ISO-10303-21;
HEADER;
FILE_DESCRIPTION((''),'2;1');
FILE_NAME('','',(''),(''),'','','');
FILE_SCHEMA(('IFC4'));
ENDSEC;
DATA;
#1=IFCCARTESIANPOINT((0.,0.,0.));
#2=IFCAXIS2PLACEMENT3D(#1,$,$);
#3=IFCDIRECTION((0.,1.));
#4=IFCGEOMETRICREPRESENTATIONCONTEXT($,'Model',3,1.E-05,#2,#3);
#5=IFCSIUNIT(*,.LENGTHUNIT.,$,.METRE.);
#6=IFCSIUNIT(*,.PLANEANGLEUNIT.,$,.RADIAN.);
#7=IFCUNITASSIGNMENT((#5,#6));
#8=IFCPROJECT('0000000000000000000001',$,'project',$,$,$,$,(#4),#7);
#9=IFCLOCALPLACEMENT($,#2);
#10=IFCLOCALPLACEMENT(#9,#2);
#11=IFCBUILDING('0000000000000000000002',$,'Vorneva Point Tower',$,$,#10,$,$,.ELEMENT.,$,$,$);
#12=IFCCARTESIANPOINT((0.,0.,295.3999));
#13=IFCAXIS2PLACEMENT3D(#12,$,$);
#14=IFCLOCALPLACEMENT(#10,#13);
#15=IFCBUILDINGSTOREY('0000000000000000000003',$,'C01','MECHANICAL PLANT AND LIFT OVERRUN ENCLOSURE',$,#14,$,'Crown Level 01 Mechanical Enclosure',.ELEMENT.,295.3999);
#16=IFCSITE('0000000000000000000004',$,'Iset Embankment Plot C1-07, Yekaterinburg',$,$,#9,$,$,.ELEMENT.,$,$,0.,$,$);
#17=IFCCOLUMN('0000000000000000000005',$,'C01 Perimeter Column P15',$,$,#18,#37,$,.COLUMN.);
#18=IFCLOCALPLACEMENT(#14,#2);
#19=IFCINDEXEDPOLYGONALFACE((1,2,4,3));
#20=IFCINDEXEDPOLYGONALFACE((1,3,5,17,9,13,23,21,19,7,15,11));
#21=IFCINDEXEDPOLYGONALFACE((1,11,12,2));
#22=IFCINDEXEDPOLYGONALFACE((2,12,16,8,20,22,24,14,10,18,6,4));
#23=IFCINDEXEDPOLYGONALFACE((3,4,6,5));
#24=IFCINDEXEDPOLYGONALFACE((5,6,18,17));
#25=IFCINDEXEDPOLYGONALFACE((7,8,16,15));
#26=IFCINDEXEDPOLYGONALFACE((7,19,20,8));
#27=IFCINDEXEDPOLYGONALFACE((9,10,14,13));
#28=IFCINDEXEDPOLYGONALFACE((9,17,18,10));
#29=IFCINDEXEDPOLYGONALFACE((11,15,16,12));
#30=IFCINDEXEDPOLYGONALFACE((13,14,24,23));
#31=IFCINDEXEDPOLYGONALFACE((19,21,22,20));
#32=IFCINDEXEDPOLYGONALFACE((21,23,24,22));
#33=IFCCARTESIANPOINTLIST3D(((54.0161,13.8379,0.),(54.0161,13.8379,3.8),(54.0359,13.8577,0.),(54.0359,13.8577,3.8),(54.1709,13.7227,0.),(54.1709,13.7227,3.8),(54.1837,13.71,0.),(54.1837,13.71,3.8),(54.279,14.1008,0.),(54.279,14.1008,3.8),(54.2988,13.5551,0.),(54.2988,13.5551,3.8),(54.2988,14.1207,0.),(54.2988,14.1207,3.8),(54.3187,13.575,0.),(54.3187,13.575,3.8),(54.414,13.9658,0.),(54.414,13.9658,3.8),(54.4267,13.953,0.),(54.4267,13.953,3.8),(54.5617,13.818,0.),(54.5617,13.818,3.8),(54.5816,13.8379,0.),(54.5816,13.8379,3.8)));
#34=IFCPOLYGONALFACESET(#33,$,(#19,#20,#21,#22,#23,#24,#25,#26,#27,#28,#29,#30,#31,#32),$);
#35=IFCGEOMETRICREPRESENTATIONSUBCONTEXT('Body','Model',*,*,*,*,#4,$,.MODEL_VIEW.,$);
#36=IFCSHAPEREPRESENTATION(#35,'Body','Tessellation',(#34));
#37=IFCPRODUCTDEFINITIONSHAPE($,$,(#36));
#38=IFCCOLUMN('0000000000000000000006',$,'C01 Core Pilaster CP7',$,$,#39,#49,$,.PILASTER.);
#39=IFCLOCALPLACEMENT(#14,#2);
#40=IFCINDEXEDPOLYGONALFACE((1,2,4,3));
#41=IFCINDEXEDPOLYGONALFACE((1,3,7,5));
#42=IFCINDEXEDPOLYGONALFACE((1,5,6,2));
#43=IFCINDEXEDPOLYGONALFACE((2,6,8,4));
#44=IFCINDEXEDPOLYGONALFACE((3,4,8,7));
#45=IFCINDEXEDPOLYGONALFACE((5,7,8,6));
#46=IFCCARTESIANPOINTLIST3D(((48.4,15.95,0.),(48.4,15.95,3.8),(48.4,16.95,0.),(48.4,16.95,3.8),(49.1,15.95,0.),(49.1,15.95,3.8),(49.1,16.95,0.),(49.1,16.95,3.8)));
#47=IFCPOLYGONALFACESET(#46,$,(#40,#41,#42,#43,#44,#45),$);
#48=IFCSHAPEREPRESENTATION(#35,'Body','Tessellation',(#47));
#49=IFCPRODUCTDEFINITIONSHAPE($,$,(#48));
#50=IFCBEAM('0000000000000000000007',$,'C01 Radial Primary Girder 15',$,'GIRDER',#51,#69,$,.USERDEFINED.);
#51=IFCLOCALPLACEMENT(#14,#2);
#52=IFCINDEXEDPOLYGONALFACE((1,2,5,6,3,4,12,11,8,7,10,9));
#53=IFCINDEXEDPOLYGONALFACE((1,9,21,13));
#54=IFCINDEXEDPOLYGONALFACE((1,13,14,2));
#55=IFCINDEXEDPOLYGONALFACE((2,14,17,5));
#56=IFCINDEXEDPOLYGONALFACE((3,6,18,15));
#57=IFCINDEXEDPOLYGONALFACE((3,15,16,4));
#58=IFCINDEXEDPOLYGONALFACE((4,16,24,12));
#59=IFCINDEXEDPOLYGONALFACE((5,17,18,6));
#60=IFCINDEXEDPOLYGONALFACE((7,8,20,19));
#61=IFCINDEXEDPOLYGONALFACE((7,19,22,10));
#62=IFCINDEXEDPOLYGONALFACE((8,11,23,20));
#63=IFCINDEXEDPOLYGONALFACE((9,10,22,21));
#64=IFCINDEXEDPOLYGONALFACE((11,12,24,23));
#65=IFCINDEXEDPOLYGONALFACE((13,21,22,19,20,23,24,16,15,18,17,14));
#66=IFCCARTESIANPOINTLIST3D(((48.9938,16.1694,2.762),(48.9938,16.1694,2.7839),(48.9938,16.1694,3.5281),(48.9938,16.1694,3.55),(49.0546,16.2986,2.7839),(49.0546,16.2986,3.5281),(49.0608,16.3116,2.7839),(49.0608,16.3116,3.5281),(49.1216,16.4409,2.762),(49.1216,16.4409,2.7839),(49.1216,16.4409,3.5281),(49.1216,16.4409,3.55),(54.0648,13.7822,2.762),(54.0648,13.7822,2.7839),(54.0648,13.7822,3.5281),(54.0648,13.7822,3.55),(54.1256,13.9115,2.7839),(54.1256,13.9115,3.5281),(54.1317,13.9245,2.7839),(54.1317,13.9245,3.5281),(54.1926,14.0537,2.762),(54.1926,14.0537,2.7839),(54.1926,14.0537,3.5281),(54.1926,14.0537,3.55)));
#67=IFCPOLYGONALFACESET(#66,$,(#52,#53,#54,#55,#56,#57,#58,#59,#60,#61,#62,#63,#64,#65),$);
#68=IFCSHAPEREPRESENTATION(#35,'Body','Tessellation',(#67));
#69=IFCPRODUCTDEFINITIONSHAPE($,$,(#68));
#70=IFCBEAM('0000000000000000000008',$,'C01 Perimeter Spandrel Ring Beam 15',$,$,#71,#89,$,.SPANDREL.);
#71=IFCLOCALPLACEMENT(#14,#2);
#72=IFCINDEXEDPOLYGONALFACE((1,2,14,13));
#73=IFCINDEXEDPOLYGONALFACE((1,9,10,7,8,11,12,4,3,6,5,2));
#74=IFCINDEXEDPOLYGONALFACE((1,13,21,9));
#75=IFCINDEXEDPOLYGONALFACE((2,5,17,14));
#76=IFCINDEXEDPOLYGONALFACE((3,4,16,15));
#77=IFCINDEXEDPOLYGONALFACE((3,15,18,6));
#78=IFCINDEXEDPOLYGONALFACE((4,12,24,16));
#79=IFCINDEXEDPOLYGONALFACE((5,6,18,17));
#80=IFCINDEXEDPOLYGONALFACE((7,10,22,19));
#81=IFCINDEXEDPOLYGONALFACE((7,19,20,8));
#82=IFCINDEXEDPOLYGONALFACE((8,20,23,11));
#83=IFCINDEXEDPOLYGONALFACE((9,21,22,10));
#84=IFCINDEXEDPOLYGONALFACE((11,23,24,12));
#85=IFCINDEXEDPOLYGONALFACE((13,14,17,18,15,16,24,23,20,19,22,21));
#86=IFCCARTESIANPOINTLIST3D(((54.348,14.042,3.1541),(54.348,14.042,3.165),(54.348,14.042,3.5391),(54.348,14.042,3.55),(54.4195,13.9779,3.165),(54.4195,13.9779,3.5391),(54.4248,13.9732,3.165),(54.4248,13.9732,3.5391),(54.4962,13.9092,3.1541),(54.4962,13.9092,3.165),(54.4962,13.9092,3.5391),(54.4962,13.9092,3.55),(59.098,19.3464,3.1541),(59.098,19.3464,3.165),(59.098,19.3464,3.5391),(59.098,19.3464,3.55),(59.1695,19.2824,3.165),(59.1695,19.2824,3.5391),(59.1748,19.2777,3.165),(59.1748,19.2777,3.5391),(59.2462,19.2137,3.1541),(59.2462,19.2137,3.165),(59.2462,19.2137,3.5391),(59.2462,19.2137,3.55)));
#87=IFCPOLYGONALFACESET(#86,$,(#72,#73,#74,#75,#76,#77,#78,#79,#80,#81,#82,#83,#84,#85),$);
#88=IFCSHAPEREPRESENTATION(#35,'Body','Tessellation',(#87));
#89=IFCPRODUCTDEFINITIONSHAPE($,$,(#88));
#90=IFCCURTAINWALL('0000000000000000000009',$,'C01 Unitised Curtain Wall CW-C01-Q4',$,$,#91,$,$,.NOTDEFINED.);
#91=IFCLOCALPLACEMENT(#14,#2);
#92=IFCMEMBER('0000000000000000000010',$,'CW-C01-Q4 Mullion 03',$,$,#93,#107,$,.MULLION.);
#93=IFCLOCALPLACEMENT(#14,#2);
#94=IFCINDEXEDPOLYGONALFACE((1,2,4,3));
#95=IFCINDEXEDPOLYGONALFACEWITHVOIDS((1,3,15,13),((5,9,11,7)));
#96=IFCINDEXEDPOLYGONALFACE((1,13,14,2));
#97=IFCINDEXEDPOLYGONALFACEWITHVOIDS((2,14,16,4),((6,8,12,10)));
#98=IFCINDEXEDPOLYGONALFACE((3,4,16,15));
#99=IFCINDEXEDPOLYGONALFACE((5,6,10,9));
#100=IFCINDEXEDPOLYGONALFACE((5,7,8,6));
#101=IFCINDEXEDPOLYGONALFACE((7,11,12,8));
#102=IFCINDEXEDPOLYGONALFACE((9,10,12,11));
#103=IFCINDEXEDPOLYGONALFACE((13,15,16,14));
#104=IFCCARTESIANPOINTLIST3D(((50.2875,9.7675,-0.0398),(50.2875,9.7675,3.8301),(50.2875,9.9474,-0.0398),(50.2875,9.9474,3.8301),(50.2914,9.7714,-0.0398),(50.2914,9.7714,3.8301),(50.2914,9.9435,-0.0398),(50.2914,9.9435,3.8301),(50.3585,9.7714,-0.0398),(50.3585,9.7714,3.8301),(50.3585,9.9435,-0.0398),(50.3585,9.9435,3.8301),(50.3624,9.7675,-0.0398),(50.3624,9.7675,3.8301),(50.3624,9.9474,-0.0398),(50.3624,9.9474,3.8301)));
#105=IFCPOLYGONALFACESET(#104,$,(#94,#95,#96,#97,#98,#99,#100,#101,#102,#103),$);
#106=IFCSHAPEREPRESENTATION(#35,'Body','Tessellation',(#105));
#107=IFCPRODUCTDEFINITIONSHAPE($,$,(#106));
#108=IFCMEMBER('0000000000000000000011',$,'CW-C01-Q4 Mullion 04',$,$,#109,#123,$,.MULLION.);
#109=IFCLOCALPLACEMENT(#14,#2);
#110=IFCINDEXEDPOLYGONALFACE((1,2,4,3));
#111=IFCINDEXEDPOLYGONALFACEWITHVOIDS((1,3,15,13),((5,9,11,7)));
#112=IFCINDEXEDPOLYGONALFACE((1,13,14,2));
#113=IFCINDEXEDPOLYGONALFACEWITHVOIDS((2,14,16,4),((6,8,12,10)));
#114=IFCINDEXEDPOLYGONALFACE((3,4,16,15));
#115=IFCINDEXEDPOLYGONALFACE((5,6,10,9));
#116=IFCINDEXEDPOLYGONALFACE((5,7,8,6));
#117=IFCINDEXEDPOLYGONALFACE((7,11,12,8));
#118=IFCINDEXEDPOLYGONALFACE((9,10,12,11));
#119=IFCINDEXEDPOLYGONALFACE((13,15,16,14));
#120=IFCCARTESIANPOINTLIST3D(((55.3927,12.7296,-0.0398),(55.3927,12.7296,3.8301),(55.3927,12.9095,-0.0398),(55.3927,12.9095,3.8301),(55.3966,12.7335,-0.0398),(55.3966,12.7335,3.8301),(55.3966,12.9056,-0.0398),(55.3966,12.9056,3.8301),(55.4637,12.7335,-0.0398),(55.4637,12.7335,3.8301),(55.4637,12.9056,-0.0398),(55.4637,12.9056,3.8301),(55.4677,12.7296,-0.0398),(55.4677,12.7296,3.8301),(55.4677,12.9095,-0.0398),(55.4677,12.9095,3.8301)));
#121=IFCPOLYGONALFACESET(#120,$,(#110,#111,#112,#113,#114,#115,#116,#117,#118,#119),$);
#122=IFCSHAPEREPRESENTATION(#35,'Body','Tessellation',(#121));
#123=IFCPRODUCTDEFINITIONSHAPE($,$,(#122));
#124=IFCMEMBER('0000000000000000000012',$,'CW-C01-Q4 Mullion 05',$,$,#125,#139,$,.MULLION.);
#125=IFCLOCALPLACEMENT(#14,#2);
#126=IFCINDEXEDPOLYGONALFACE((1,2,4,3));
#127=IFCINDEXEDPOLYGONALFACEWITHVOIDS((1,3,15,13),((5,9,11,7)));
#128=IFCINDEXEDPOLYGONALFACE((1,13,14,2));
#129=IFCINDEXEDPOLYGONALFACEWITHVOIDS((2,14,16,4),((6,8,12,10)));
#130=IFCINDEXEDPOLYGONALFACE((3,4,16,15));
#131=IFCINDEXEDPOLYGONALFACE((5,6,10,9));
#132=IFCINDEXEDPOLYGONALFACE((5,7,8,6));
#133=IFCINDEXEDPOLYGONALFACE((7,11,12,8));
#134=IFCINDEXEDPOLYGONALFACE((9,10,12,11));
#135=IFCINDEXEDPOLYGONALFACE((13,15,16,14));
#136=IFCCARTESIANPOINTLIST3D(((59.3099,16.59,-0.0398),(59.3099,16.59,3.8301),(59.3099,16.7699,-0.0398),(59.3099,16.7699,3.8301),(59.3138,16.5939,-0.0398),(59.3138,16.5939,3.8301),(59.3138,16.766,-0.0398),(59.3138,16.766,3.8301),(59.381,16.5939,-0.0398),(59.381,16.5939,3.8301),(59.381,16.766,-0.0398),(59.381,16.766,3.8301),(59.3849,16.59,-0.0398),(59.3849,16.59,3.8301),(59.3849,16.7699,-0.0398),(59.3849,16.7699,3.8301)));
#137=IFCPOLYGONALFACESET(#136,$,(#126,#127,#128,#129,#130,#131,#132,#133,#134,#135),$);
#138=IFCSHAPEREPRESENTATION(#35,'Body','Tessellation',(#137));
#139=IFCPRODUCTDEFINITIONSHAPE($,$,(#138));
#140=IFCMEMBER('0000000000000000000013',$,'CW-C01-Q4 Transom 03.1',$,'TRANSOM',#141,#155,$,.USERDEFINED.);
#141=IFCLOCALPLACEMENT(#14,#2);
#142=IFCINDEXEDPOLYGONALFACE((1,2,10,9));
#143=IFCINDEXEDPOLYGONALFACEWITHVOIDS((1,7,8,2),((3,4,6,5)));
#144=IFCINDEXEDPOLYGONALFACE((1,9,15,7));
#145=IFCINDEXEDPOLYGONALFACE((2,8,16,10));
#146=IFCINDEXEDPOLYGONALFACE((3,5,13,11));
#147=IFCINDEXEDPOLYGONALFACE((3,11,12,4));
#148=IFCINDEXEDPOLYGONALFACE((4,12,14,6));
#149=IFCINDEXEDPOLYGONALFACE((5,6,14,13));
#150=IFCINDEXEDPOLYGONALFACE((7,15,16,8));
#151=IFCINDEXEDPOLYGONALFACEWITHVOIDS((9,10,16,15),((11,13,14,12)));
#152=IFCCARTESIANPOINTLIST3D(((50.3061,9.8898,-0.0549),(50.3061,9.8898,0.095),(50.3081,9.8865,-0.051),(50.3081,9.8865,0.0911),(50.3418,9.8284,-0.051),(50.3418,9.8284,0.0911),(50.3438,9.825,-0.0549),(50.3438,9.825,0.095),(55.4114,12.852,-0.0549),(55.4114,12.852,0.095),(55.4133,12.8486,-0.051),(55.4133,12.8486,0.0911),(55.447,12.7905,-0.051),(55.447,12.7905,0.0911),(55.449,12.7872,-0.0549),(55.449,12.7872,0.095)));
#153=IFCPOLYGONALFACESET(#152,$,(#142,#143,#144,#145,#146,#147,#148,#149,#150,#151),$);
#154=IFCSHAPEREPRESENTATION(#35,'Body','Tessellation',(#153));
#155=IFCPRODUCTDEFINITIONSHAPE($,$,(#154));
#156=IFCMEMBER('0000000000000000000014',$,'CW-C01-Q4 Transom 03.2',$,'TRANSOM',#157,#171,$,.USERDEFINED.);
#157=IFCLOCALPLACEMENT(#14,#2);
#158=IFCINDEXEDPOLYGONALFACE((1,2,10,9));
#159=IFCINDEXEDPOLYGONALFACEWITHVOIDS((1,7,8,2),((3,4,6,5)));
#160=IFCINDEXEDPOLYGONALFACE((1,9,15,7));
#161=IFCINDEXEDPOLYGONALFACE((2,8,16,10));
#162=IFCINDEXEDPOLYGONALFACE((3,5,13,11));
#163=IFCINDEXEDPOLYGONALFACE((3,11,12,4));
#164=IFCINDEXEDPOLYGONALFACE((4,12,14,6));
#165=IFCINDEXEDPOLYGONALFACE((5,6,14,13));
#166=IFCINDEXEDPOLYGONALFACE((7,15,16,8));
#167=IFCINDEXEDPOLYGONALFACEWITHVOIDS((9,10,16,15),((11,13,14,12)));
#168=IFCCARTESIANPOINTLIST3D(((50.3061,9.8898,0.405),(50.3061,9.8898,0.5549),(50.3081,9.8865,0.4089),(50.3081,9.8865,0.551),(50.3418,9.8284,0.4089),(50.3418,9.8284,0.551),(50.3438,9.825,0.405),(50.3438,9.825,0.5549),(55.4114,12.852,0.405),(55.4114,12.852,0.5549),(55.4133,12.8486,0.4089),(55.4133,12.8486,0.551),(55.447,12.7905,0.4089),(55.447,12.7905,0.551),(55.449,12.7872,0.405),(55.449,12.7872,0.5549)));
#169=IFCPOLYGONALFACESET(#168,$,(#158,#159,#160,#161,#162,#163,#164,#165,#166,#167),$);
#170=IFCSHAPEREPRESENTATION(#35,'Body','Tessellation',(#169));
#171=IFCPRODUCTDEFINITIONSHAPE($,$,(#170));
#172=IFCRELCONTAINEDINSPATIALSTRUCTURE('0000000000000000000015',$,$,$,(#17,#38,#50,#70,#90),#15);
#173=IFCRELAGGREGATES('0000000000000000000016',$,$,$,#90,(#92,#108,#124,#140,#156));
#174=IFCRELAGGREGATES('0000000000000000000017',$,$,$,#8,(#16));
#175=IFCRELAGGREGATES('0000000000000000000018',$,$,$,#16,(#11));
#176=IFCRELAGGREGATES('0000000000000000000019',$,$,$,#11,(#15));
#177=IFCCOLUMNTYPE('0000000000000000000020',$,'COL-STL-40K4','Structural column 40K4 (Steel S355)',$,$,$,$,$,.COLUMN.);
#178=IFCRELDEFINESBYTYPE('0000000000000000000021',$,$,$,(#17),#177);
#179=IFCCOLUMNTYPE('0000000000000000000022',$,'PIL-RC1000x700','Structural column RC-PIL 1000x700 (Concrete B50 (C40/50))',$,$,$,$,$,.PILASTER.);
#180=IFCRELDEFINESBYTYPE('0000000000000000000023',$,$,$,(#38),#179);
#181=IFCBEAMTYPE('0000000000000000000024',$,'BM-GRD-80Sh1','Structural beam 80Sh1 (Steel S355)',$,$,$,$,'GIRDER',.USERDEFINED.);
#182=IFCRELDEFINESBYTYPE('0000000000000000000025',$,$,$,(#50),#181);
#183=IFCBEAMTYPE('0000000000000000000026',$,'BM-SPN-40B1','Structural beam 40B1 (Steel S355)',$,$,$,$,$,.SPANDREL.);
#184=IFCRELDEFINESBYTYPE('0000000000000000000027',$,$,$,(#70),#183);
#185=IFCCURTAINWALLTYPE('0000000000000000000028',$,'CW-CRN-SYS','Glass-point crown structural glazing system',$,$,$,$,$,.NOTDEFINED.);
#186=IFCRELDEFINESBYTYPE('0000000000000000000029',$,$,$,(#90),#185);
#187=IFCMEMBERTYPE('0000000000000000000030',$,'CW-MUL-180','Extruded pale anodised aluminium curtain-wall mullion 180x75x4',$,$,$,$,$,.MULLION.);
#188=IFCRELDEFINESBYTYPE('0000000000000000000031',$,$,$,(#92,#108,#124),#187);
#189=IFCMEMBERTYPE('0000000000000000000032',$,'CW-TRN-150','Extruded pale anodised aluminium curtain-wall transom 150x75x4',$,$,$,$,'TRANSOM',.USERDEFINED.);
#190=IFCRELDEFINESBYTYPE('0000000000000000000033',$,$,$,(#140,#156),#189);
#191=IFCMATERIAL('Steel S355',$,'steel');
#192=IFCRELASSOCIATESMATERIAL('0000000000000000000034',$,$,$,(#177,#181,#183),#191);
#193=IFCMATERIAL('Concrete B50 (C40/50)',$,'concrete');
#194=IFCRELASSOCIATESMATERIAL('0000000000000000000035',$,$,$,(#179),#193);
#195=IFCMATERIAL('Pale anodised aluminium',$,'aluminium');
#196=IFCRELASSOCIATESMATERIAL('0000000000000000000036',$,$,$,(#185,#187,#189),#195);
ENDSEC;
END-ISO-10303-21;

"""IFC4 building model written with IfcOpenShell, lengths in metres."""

from ifc_helpers import new_model, si_unit, direction, frame, origin, origin_2d, place, context, subcontext, project, spatial, rectangle, hollow_rectangle, i_section, extrude, material, material_profile, profile_set, type_object, element, aggregate, save


model = new_model("IFC4")

# Units and contexts
model_context = context("Model", 3, precision=1e-05, world=origin(), true_north=direction((0.0, 1.0)))
body_context = subcontext(model_context, "Body", "Model", "MODEL_VIEW")
ifc_project = project(units=[si_unit("LENGTHUNIT", "METRE"), si_unit("PLANEANGLEUNIT", "RADIAN")], contexts=[model_context])

# Site, building, storey
site_placement = place(None, origin())
site = spatial("IfcSite", under=ifc_project, at=site_placement, Name="Iset Embankment Plot C1-07, Yekaterinburg", CompositionType="ELEMENT", RefElevation=0.0)
building_placement = place(site_placement, origin())
building = spatial("IfcBuilding", under=site, at=building_placement, Name="Vorneva Point Tower", CompositionType="ELEMENT")
storey_placement = place(building_placement, frame((0.0, 0.0, 295.3999)))
storey = spatial("IfcBuildingStorey", under=building, at=storey_placement, Name="C01", Description="MECHANICAL PLANT AND LIFT OVERRUN ENCLOSURE", LongName="Crown Level 01 Mechanical Enclosure", CompositionType="ELEMENT", Elevation=295.3999)

# Columns
ifc_material_1 = material(Name="Steel S355", Category="steel")
ifc_material_profile_1 = material_profile(ifc_material_1, i_section(OverallWidth=0.3999, OverallDepth=0.3999, WebThickness=0.0181, FlangeThickness=0.0281, at=origin_2d()), Name="40K4")
ifc_profile_set_1 = profile_set([ifc_material_profile_1], Name="Steel S355")
column_type_1 = type_object("IfcColumnType", Name="COL-STL-40K4", Description="Structural column 40K4 (Steel S355)", PredefinedType="COLUMN", material=ifc_profile_set_1)
column_1_placement = place(storey_placement, frame((54.2988, 13.8379, 0.0), z_axis=(0.0, 0.0, 1.0), x_axis=(0.707107, -0.707107, 0.0)))
element("IfcColumn", 1, at=column_1_placement, inside=storey, type_object=column_type_1, Name="C01 Perimeter Column P15", PredefinedType="COLUMN", context=body_context, shape_type="SweptSolid", body=[
    extrude(i_section(OverallWidth=0.3999, OverallDepth=0.3999, WebThickness=0.0181, FlangeThickness=0.0281, at=origin_2d()), origin(), (0.0, 0.0, 1.0), 3.8),
])
ifc_material_2 = material(Name="Concrete B50 (C40/50)", Category="concrete")
ifc_material_profile_2 = material_profile(ifc_material_2, rectangle(XDim=0.7, YDim=1.0, at=origin_2d()), Name="RC-PIL 1000x700")
ifc_profile_set_2 = profile_set([ifc_material_profile_2], Name="Concrete B50 (C40/50)")
column_type_2 = type_object("IfcColumnType", Name="PIL-RC1000x700", Description="Structural column RC-PIL 1000x700 (Concrete B50 (C40/50))", PredefinedType="PILASTER", material=ifc_profile_set_2)
column_2_placement = place(storey_placement, frame((48.75, 16.45, 0.0), z_axis=(0.0, 0.0, 1.0), x_axis=(1.0, 0.0, 0.0)))
element("IfcColumn", 2, at=column_2_placement, inside=storey, type_object=column_type_2, Name="C01 Core Pilaster CP7", PredefinedType="PILASTER", context=body_context, shape_type="SweptSolid", body=[
    extrude(rectangle(XDim=0.7, YDim=1.0, at=origin_2d()), origin(), (0.0, 0.0, 1.0), 3.8),
])

# Beams
ifc_material_profile_3 = material_profile(ifc_material_1, i_section(OverallWidth=0.3, OverallDepth=0.7881, WebThickness=0.0144, FlangeThickness=0.022, at=origin_2d()), Name="80Sh1")
ifc_profile_set_3 = profile_set([ifc_material_profile_3], Name="Steel S355")
beam_type_1 = type_object("IfcBeamType", Name="BM-GRD-80Sh1", Description="Structural beam 80Sh1 (Steel S355)", ElementType="GIRDER", PredefinedType="USERDEFINED", material=ifc_profile_set_3)
beam_1_placement = place(storey_placement, frame((54.1287, 13.918, 3.156), z_axis=(-0.904761, 0.425919, 0.0), x_axis=(-0.425919, -0.904761, 0.0)))
element("IfcBeam", 3, at=beam_1_placement, inside=storey, type_object=beam_type_1, Name="C01 Radial Primary Girder 15", ObjectType="GIRDER", PredefinedType="USERDEFINED", context=body_context, shape_type="SweptSolid", body=[
    extrude(i_section(OverallWidth=0.3, OverallDepth=0.7881, WebThickness=0.0144, FlangeThickness=0.022, at=origin_2d()), origin(), (0.0, 0.0, 1.0), 5.6047),
])
ifc_material_profile_4 = material_profile(ifc_material_1, i_section(OverallWidth=0.199, OverallDepth=0.396, WebThickness=0.0071, FlangeThickness=0.011, at=origin_2d()), Name="40B1")
ifc_profile_set_4 = profile_set([ifc_material_profile_4], Name="Steel S355")
beam_type_2 = type_object("IfcBeamType", Name="BM-SPN-40B1", Description="Structural beam 40B1 (Steel S355)", PredefinedType="SPANDREL", material=ifc_profile_set_4)
beam_2_placement = place(storey_placement, frame((54.4221, 13.9756, 3.3521), z_axis=(0.6671, 0.744968, 0.0), x_axis=(-0.744968, 0.6671, 0.0)))
element("IfcBeam", 4, at=beam_2_placement, inside=storey, type_object=beam_type_2, Name="C01 Perimeter Spandrel Ring Beam 15", PredefinedType="SPANDREL", context=body_context, shape_type="SweptSolid", body=[
    extrude(i_section(OverallWidth=0.199, OverallDepth=0.396, WebThickness=0.0071, FlangeThickness=0.011, at=origin_2d()), origin(), (0.0, 0.0, 1.0), 7.1204),
])

# Curtain wall, members
ifc_material_3 = material(Name="Pale anodised aluminium", Category="aluminium")
curtain_wall_type = type_object("IfcCurtainWallType", Name="CW-CRN-SYS", Description="Glass-point crown structural glazing system", PredefinedType="NOTDEFINED", material=ifc_material_3)
curtain_wall_placement = place(storey_placement, origin())
curtain_wall = element("IfcCurtainWall", 5, at=curtain_wall_placement, inside=storey, type_object=curtain_wall_type, Name="C01 Unitised Curtain Wall CW-C01-Q4", PredefinedType="NOTDEFINED")
ifc_material_profile_5 = material_profile(ifc_material_3, hollow_rectangle(XDim=0.075, YDim=0.1799, WallThickness=0.0039, at=origin_2d()), Name="AL-MUL 180x75x4")
ifc_profile_set_5 = profile_set([ifc_material_profile_5], Name="Pale anodised aluminium")
member_type_1 = type_object("IfcMemberType", Name="CW-MUL-180", Description="Extruded pale anodised aluminium curtain-wall mullion 180x75x4", PredefinedType="MULLION", material=ifc_profile_set_5)
member_1_placement = place(storey_placement, frame((50.325, 9.8574, -0.0398), z_axis=(0.0, 0.0, 1.0), x_axis=(1.0, 0.0, 0.0)))
member_1 = element("IfcMember", 6, at=member_1_placement, type_object=member_type_1, Name="CW-C01-Q4 Mullion 03", PredefinedType="MULLION", context=body_context, shape_type="SweptSolid", body=[
    extrude(hollow_rectangle(XDim=0.075, YDim=0.1799, WallThickness=0.0039, at=origin_2d()), origin(), (0.0, 0.0, 1.0), 3.8699),
])
member_2_placement = place(storey_placement, frame((55.4302, 12.8196, -0.0398), z_axis=(0.0, 0.0, 1.0), x_axis=(1.0, 0.0, 0.0)))
member_2 = element("IfcMember", 7, at=member_2_placement, type_object=member_type_1, Name="CW-C01-Q4 Mullion 04", PredefinedType="MULLION", context=body_context, shape_type="SweptSolid", body=[
    extrude(hollow_rectangle(XDim=0.075, YDim=0.1799, WallThickness=0.0039, at=origin_2d()), origin(), (0.0, 0.0, 1.0), 3.8699),
])
member_3_placement = place(storey_placement, frame((59.3474, 16.6799, -0.0398), z_axis=(0.0, 0.0, 1.0), x_axis=(1.0, 0.0, 0.0)))
member_3 = element("IfcMember", 8, at=member_3_placement, type_object=member_type_1, Name="CW-C01-Q4 Mullion 05", PredefinedType="MULLION", context=body_context, shape_type="SweptSolid", body=[
    extrude(hollow_rectangle(XDim=0.075, YDim=0.1799, WallThickness=0.0039, at=origin_2d()), origin(), (0.0, 0.0, 1.0), 3.8699),
])
ifc_material_profile_6 = material_profile(ifc_material_3, hollow_rectangle(XDim=0.075, YDim=0.1499, WallThickness=0.0039, at=origin_2d()), Name="AL-TRN 150x75x4")
ifc_profile_set_6 = profile_set([ifc_material_profile_6], Name="Pale anodised aluminium")
member_type_2 = type_object("IfcMemberType", Name="CW-TRN-150", Description="Extruded pale anodised aluminium curtain-wall transom 150x75x4", ElementType="TRANSOM", PredefinedType="USERDEFINED", material=ifc_profile_set_6)
member_4_placement = place(storey_placement, frame((50.325, 9.8574, 0.02), z_axis=(0.864948, 0.501861, 0.0), x_axis=(-0.501861, 0.864948, 0.0)))
member_4 = element("IfcMember", 9, at=member_4_placement, type_object=member_type_2, Name="CW-C01-Q4 Transom 03.1", ObjectType="TRANSOM", PredefinedType="USERDEFINED", context=body_context, shape_type="SweptSolid", body=[
    extrude(hollow_rectangle(XDim=0.075, YDim=0.1499, WallThickness=0.0039, at=origin_2d()), origin(), (0.0, 0.0, 1.0), 5.9023),
])
member_5_placement = place(storey_placement, frame((50.325, 9.8574, 0.48), z_axis=(0.864948, 0.501861, 0.0), x_axis=(-0.501861, 0.864948, 0.0)))
member_5 = element("IfcMember", 10, at=member_5_placement, type_object=member_type_2, Name="CW-C01-Q4 Transom 03.2", ObjectType="TRANSOM", PredefinedType="USERDEFINED", context=body_context, shape_type="SweptSolid", body=[
    extrude(hollow_rectangle(XDim=0.075, YDim=0.1499, WallThickness=0.0039, at=origin_2d()), origin(), (0.0, 0.0, 1.0), 5.9023),
])

aggregate(curtain_wall, [member_1, member_2, member_3, member_4, member_5])

save(model, "model.ifc")
